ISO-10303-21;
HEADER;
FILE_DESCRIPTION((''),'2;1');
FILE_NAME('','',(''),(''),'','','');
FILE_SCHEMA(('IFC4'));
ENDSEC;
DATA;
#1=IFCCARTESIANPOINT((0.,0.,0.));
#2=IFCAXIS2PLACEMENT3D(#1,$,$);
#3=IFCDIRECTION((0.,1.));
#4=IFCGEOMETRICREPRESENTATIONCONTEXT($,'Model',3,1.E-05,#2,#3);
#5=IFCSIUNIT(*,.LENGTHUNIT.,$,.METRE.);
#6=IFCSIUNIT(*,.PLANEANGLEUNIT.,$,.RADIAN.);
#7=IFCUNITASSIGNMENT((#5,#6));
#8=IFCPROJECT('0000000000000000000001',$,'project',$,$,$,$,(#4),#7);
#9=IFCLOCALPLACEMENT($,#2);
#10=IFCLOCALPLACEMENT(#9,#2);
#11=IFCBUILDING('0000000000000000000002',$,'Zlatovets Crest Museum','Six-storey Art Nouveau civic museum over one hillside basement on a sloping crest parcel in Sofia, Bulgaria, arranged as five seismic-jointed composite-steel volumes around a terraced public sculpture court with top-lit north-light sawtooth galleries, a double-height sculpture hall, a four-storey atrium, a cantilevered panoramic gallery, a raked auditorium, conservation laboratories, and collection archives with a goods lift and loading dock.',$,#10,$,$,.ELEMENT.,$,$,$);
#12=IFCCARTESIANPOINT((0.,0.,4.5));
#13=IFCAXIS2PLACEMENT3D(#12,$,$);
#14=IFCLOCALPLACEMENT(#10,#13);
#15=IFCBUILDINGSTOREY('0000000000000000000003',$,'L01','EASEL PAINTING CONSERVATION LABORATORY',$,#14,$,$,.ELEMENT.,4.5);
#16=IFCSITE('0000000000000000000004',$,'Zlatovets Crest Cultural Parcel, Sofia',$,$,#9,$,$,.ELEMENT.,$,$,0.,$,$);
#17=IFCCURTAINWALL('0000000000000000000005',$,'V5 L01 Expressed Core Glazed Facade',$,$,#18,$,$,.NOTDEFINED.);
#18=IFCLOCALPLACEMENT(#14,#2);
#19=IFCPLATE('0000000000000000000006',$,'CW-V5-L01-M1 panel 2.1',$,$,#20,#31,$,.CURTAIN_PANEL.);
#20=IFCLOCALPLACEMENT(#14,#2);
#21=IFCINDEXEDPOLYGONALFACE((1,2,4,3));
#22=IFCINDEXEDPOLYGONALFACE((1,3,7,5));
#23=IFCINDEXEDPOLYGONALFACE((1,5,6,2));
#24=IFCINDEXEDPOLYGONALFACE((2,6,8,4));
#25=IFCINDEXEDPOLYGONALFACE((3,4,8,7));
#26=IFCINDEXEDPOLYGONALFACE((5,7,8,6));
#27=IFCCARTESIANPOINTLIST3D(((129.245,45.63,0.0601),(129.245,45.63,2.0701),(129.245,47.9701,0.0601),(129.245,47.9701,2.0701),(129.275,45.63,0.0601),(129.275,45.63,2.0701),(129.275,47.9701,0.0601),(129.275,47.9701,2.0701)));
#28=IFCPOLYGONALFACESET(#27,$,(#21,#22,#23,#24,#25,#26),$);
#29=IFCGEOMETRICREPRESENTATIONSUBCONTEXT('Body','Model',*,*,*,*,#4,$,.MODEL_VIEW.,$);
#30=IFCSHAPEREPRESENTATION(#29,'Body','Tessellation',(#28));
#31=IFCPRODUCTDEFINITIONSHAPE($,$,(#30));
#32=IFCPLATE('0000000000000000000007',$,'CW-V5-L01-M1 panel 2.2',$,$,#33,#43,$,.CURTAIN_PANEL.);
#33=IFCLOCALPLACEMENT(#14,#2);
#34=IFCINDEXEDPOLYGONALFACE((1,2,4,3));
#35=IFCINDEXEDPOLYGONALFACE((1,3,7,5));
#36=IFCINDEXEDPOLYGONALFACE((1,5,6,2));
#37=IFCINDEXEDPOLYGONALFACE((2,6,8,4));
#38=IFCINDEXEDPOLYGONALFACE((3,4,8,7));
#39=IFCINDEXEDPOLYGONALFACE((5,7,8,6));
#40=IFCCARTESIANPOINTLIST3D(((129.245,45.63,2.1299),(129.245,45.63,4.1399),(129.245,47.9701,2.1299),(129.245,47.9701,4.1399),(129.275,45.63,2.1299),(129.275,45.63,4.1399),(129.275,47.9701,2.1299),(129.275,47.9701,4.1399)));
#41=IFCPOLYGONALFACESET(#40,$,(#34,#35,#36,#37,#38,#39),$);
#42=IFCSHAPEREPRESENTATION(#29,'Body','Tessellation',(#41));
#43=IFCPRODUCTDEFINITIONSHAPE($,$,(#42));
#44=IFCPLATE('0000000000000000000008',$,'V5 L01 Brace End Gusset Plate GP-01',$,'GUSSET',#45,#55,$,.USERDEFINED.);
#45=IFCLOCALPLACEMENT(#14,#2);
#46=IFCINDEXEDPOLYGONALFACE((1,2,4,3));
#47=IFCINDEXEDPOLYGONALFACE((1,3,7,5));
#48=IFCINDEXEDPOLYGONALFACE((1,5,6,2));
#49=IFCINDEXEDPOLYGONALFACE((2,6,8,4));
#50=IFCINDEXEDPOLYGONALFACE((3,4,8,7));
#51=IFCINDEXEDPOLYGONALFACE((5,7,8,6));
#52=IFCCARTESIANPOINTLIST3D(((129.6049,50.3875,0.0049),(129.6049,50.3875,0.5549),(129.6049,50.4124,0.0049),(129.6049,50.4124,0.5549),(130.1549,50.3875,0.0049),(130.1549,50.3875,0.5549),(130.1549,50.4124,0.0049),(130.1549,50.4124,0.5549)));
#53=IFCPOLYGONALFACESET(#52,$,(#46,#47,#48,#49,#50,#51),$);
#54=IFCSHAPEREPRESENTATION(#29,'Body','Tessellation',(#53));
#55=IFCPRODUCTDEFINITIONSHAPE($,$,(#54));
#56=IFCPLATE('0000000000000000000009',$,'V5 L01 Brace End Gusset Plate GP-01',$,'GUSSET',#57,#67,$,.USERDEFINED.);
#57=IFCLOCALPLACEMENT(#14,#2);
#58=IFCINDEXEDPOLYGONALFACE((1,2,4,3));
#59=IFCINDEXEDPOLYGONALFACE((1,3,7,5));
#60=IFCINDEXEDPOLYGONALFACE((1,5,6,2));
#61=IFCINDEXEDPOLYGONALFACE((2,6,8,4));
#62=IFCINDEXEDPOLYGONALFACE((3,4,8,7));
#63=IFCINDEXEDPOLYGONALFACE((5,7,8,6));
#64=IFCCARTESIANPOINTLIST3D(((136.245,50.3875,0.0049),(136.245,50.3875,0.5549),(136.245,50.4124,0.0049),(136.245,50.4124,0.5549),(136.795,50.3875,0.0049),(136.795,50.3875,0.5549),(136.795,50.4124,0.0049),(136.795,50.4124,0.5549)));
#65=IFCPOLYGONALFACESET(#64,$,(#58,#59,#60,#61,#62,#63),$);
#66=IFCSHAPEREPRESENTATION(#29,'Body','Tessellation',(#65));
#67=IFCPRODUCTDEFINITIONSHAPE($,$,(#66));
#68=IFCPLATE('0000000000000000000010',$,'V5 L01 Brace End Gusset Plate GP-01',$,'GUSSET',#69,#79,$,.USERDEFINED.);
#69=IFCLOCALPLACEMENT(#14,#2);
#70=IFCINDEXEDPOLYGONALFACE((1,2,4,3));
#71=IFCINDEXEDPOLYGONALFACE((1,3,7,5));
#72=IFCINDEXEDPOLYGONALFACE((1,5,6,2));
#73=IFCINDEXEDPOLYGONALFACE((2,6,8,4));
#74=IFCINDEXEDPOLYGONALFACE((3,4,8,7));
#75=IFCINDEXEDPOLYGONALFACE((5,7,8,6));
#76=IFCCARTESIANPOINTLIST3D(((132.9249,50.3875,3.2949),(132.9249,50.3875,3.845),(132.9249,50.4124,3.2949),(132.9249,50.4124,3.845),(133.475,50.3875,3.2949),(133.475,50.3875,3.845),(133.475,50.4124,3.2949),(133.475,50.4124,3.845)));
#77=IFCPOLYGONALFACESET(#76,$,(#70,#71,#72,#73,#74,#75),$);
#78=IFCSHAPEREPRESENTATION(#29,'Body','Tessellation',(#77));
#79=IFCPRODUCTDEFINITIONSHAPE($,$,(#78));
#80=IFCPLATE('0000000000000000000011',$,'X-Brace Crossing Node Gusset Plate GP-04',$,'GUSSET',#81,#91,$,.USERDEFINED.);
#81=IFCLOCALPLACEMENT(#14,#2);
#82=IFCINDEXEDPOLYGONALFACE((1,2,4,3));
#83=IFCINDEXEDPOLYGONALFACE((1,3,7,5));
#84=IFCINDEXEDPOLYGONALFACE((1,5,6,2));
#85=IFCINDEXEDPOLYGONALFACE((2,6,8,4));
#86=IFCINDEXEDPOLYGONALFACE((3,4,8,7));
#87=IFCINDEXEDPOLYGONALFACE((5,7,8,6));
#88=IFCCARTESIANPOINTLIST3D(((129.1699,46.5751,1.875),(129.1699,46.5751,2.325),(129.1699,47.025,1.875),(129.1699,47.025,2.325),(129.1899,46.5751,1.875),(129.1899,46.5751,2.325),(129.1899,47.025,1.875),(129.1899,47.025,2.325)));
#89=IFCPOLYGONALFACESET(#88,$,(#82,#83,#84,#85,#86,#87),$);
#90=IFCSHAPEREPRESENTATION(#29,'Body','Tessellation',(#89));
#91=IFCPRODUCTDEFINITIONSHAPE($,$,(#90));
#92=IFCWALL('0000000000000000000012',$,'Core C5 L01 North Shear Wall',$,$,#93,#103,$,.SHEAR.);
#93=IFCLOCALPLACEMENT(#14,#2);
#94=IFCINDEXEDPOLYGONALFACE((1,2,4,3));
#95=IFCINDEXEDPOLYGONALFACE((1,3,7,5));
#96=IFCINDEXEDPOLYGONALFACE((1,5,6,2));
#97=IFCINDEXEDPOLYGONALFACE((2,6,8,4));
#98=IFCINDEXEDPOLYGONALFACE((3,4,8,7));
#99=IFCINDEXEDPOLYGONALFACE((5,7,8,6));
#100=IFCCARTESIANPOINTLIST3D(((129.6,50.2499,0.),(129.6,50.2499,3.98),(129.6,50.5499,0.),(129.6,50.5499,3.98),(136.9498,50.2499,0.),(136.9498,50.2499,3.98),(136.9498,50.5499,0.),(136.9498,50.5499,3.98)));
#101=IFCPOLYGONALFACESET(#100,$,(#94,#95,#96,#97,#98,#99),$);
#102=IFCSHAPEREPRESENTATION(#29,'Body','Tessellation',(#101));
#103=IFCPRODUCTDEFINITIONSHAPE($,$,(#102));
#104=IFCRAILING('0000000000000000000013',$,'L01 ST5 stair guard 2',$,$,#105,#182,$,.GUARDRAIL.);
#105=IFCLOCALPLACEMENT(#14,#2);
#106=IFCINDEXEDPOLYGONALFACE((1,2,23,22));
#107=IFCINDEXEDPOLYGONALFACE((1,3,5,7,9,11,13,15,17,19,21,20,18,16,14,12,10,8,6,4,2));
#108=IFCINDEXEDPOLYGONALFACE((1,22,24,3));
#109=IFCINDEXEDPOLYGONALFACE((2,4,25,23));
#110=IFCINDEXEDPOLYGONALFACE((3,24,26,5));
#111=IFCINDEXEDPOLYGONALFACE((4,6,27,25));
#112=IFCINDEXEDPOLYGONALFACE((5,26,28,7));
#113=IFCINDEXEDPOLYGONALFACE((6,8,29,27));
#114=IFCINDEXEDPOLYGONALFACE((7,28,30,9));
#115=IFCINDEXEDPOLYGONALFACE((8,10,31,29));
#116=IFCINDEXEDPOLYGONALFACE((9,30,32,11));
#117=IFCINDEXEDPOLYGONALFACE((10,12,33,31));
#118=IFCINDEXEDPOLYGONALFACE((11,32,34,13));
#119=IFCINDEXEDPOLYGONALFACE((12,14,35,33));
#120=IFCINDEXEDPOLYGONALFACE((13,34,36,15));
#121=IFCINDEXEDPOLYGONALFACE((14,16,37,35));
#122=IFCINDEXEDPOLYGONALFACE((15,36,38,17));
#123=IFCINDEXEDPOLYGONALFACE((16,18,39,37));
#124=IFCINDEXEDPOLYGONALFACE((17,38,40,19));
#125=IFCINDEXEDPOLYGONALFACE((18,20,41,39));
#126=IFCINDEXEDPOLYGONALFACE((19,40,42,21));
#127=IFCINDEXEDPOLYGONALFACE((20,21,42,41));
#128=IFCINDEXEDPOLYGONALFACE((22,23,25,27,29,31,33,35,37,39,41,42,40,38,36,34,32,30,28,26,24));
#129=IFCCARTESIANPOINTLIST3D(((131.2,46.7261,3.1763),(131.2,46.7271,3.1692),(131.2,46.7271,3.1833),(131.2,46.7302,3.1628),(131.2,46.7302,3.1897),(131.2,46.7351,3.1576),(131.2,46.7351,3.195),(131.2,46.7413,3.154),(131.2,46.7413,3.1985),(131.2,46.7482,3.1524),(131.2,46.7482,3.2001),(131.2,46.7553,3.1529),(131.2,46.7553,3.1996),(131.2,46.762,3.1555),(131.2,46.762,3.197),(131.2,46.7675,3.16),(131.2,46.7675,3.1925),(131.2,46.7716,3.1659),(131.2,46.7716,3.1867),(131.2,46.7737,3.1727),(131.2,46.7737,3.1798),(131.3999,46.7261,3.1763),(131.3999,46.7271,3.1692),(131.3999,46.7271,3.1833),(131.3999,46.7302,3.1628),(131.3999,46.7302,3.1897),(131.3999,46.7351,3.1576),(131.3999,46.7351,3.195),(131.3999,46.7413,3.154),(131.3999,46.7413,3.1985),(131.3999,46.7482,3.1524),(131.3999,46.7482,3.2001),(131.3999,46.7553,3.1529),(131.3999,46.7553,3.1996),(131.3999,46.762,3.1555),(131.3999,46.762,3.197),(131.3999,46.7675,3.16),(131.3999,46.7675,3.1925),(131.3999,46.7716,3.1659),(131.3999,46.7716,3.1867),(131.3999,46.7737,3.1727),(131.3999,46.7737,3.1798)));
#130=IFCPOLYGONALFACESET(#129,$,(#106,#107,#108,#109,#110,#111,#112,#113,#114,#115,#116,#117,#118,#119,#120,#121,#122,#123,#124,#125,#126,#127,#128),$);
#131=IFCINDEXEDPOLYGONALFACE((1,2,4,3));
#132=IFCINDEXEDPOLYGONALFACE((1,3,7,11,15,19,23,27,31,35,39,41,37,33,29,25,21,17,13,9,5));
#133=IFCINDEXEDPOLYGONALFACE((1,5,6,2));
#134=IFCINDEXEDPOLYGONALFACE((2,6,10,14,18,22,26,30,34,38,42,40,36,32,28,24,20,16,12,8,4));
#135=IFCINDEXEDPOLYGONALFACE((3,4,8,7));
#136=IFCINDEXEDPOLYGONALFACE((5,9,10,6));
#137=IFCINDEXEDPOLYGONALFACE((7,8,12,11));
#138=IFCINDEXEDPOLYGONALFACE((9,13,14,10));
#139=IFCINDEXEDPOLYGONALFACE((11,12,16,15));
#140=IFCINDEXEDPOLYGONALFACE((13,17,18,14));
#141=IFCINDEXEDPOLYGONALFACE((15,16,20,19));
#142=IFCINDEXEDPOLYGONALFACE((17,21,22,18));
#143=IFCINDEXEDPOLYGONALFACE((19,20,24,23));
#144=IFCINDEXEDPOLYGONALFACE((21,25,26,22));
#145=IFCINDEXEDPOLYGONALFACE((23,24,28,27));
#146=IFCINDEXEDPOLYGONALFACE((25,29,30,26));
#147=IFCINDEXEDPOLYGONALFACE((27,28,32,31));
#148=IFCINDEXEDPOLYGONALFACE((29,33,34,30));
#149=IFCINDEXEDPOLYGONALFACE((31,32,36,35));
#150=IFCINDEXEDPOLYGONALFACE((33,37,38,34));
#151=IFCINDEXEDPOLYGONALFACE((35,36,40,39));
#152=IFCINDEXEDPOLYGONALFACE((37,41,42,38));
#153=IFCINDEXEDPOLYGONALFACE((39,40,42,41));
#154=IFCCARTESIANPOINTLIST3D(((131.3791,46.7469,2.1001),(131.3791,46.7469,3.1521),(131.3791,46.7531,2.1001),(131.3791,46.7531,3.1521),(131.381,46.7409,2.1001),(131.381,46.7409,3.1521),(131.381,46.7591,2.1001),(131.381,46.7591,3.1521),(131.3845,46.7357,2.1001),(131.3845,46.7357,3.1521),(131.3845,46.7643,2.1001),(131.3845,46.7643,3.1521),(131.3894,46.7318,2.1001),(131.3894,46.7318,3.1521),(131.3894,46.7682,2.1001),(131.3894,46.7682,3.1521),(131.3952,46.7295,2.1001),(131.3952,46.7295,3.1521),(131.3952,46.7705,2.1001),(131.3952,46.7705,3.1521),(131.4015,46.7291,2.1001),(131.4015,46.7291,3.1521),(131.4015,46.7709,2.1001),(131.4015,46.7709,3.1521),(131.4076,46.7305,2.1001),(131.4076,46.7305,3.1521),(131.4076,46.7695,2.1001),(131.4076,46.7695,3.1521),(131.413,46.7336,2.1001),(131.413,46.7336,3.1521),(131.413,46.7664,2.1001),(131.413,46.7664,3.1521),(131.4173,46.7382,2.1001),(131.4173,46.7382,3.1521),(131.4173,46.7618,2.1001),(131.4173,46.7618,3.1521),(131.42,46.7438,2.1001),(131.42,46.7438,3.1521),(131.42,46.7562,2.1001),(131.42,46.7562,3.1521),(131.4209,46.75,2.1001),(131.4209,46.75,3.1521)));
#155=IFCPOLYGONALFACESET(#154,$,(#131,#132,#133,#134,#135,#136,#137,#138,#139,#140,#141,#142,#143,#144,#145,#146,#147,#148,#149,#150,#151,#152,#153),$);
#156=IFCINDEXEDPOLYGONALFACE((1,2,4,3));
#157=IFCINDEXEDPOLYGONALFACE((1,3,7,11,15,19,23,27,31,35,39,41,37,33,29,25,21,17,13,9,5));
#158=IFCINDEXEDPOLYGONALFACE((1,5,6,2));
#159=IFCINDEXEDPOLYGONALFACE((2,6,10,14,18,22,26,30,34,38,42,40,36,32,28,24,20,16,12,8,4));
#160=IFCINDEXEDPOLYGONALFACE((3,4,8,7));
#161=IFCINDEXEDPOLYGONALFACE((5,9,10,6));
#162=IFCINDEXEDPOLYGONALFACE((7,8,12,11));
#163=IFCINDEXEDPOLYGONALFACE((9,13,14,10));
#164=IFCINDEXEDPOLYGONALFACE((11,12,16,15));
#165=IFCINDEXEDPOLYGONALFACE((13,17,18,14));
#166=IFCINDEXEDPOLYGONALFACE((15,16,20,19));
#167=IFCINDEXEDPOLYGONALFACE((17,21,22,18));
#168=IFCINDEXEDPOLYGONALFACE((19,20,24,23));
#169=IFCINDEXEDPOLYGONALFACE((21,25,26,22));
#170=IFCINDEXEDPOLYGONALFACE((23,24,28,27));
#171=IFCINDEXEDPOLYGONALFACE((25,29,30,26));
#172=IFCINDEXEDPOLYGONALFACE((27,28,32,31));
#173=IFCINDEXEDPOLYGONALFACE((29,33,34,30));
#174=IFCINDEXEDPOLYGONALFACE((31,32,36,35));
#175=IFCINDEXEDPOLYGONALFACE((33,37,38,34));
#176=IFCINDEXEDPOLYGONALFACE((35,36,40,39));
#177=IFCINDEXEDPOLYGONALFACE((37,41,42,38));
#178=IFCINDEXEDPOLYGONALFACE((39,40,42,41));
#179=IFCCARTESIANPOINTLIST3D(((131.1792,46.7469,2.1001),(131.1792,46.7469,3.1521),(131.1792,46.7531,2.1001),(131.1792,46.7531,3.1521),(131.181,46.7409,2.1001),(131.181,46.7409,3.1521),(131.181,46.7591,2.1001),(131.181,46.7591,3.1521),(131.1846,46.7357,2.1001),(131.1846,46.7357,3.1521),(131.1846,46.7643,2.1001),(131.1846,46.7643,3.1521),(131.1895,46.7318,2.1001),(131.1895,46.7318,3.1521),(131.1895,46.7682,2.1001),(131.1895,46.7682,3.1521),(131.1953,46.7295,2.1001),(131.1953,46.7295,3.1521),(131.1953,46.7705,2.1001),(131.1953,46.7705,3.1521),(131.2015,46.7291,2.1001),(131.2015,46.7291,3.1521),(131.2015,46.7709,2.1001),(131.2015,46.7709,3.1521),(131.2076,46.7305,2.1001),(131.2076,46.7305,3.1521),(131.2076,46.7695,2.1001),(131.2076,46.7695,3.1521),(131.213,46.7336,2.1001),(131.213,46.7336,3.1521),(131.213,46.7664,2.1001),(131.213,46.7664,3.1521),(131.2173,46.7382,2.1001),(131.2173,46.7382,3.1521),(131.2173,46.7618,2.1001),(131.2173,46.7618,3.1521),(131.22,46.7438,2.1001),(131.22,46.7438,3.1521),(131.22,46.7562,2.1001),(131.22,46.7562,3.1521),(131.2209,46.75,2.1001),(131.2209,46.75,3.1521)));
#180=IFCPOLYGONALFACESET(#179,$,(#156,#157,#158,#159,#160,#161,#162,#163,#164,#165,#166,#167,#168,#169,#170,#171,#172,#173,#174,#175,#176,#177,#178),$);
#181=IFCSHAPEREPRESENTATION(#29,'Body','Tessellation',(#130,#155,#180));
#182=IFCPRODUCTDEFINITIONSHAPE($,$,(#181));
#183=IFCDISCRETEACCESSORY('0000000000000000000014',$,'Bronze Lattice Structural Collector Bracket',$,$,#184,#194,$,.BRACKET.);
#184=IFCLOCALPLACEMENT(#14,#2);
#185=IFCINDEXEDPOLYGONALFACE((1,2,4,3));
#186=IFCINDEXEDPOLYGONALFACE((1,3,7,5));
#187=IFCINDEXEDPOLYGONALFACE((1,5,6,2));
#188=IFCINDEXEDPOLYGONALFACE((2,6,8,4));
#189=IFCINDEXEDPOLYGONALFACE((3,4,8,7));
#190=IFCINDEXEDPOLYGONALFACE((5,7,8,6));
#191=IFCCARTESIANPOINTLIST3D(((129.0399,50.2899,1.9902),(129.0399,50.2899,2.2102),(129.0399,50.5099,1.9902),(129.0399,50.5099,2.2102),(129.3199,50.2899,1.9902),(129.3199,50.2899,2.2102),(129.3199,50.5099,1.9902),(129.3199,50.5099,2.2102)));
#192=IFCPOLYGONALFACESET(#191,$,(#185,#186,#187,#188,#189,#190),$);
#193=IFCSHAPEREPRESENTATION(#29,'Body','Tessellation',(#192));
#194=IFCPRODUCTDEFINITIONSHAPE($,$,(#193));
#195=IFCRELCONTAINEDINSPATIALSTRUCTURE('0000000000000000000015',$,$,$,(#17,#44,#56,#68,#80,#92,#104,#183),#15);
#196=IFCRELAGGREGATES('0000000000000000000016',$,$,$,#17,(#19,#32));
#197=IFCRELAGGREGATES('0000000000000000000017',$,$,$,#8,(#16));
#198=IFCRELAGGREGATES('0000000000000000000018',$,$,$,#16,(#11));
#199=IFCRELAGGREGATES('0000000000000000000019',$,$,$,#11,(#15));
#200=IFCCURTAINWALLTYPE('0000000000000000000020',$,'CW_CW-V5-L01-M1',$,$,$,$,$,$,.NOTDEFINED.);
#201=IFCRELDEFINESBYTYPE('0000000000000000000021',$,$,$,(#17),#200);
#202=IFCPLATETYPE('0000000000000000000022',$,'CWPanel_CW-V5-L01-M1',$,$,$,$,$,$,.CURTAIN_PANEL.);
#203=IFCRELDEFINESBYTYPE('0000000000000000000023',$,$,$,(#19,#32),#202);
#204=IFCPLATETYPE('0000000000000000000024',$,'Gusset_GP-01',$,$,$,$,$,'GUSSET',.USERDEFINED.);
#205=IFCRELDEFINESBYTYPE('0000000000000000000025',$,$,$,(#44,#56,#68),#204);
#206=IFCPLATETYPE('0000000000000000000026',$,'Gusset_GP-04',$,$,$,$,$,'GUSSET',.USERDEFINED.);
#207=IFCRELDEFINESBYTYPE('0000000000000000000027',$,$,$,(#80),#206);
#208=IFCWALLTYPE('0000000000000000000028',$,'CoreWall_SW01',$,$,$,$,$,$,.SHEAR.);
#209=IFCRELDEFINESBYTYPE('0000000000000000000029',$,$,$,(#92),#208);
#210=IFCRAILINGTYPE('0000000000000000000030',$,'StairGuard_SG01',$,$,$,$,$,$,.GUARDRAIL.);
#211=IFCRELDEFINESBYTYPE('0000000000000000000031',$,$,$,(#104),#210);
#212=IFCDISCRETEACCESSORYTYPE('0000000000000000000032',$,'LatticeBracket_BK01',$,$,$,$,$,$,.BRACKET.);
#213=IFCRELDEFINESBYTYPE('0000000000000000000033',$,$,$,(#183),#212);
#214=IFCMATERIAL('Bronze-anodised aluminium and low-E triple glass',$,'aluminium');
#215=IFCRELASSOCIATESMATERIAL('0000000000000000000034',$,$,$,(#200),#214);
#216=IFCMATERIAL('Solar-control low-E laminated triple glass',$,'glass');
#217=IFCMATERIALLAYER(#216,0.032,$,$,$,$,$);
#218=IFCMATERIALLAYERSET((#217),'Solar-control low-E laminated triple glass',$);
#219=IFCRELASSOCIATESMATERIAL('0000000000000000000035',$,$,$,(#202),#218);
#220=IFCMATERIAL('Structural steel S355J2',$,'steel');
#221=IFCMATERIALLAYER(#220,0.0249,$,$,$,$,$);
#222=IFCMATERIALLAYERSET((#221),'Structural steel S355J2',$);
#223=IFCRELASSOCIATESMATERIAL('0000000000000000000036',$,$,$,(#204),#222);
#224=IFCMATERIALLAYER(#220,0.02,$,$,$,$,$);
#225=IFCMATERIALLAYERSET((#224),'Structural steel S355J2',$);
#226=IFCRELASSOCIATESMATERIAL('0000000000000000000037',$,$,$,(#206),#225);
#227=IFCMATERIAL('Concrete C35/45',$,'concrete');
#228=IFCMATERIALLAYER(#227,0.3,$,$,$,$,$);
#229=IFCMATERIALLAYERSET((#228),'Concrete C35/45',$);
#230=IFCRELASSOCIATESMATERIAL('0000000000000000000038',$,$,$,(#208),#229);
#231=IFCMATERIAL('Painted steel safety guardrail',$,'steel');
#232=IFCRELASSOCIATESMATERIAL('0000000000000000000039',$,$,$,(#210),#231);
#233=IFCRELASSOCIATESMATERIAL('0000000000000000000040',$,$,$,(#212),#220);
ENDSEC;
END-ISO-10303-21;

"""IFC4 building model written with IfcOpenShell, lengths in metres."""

from ifc_helpers import new_model, si_unit, direction, frame, frame_2d, origin, origin_2d, place, context, subcontext, project, spatial, rectangle, circle, extrude, material, layer, layer_set, type_object, element, aggregate, save


model = new_model("IFC4")

# Units and contexts
model_context = context("Model", 3, precision=1e-05, world=origin(), true_north=direction((0.0, 1.0)))
body_context = subcontext(model_context, "Body", "Model", "MODEL_VIEW")
ifc_project = project(units=[si_unit("LENGTHUNIT", "METRE"), si_unit("PLANEANGLEUNIT", "RADIAN")], contexts=[model_context])

# Site, building, storey
site_placement = place(None, origin())
site = spatial("IfcSite", under=ifc_project, at=site_placement, Name="Zlatovets Crest Cultural Parcel, Sofia", CompositionType="ELEMENT", RefElevation=0.0)
building_placement = place(site_placement, origin())
building = spatial("IfcBuilding", under=site, at=building_placement, Name="Zlatovets Crest Museum", Description="Six-storey Art Nouveau civic museum over one hillside basement on a sloping crest parcel in Sofia, Bulgaria, arranged as five seismic-jointed composite-steel volumes around a terraced public sculpture court with top-lit north-light sawtooth galleries, a double-height sculpture hall, a four-storey atrium, a cantilevered panoramic gallery, a raked auditorium, conservation laboratories, and collection archives with a goods lift and loading dock.", CompositionType="ELEMENT")
storey_placement = place(building_placement, frame((0.0, 0.0, 4.5)))
storey = spatial("IfcBuildingStorey", under=building, at=storey_placement, Name="L01", Description="EASEL PAINTING CONSERVATION LABORATORY", CompositionType="ELEMENT", Elevation=4.5)

# Shared definitions
ifc_material_1 = material(Name="Structural steel S355J2", Category="steel")

# Curtain wall
ifc_material_2 = material(Name="Bronze-anodised aluminium and low-E triple glass", Category="aluminium")
curtain_wall_type_1 = type_object("IfcCurtainWallType", Name="CW_CW-V5-L01-M1", PredefinedType="NOTDEFINED", material=ifc_material_2)
curtain_wall_1_placement = place(storey_placement, origin())
curtain_wall_1 = element("IfcCurtainWall", 1, at=curtain_wall_1_placement, inside=storey, type_object=curtain_wall_type_1, Name="V5 L01 Expressed Core Glazed Facade", PredefinedType="NOTDEFINED")

# Plates
ifc_material_3 = material(Name="Solar-control low-E laminated triple glass", Category="glass")
ifc_layer_1 = layer(ifc_material_3, 0.032)
ifc_layer_set_1 = layer_set([ifc_layer_1], Name="Solar-control low-E laminated triple glass")
plate_type_1 = type_object("IfcPlateType", Name="CWPanel_CW-V5-L01-M1", PredefinedType="CURTAIN_PANEL", material=ifc_layer_set_1)
plate_1_placement = place(storey_placement, frame((129.26, 46.8, 0.0601), z_axis=(0.0, 0.0, 1.0), x_axis=(0.0, -1.0, 0.0)))
plate_1 = element("IfcPlate", 2, at=plate_1_placement, type_object=plate_type_1, Name="CW-V5-L01-M1 panel 2.1", PredefinedType="CURTAIN_PANEL", context=body_context, shape_type="SweptSolid", body=[
    extrude(rectangle(XDim=2.3401, YDim=0.03, at=origin_2d()), origin(), (0.0, 0.0, 1.0), 2.01),
])
plate_2_placement = place(storey_placement, frame((129.26, 46.8, 2.1299), z_axis=(0.0, 0.0, 1.0), x_axis=(0.0, -1.0, 0.0)))
plate_2 = element("IfcPlate", 3, at=plate_2_placement, type_object=plate_type_1, Name="CW-V5-L01-M1 panel 2.2", PredefinedType="CURTAIN_PANEL", context=body_context, shape_type="SweptSolid", body=[
    extrude(rectangle(XDim=2.3401, YDim=0.03, at=origin_2d()), origin(), (0.0, 0.0, 1.0), 2.01),
])
aggregate(curtain_wall_1, [plate_1, plate_2])

# Plates
ifc_layer_2 = layer(ifc_material_1, 0.0249)
ifc_layer_set_2 = layer_set([ifc_layer_2], Name="Structural steel S355J2")
plate_type_2 = type_object("IfcPlateType", Name="Gusset_GP-01", ElementType="GUSSET", PredefinedType="USERDEFINED", material=ifc_layer_set_2)
for number, where, z_axis, x_axis, name in (
    (4, (129.8799, 50.3999, 0.0049), (0.0, 0.0, 1.0), (1.0, 0.0, 0.0), "V5 L01 Brace End Gusset Plate GP-01"),
    (5, (136.52, 50.3999, 0.0049), (0.0, 0.0, 1.0), (1.0, 0.0, 0.0), "V5 L01 Brace End Gusset Plate GP-01"),
    (6, (133.2, 50.3999, 3.2949), (0.0, 0.0, 1.0), (1.0, 0.0, 0.0), "V5 L01 Brace End Gusset Plate GP-01"),
):
    element("IfcPlate", number, at=place(storey_placement, frame(where, z_axis=z_axis, x_axis=x_axis)), inside=storey, type_object=plate_type_2, Name=name, ObjectType="GUSSET", PredefinedType="USERDEFINED", context=body_context, shape_type="SweptSolid", body=[
        extrude(rectangle(XDim=0.55, YDim=0.0249, at=origin_2d()), origin(), (0.0, 0.0, 1.0), 0.55),
    ])
ifc_layer_3 = layer(ifc_material_1, 0.02)
ifc_layer_set_3 = layer_set([ifc_layer_3], Name="Structural steel S355J2")
plate_type_3 = type_object("IfcPlateType", Name="Gusset_GP-04", ElementType="GUSSET", PredefinedType="USERDEFINED", material=ifc_layer_set_3)
plate_3_placement = place(storey_placement, frame((129.1799, 46.8, 1.875), z_axis=(0.0, 0.0, 1.0), x_axis=(1.0, 0.0, 0.0)))
element("IfcPlate", 7, at=plate_3_placement, inside=storey, type_object=plate_type_3, Name="X-Brace Crossing Node Gusset Plate GP-04", ObjectType="GUSSET", PredefinedType="USERDEFINED", context=body_context, shape_type="SweptSolid", body=[
    extrude(rectangle(XDim=0.02, YDim=0.45, at=origin_2d()), origin(), (0.0, 0.0, 1.0), 0.45),
])

# Wall
ifc_material_4 = material(Name="Concrete C35/45", Category="concrete")
ifc_layer_4 = layer(ifc_material_4, 0.3)
ifc_layer_set_4 = layer_set([ifc_layer_4], Name="Concrete C35/45")
wall_type = type_object("IfcWallType", Name="CoreWall_SW01", PredefinedType="SHEAR", material=ifc_layer_set_4)
wall_placement = place(storey_placement, frame((129.6001, 50.3999, 0.0), z_axis=(0.0, 0.0, 1.0), x_axis=(1.0, 0.0, 0.0)))
element("IfcWall", 8, at=wall_placement, inside=storey, type_object=wall_type, Name="Core C5 L01 North Shear Wall", PredefinedType="SHEAR", context=body_context, shape_type="SweptSolid", body=[
    extrude(rectangle(XDim=7.3499, YDim=0.3, at=frame_2d((3.6748, 0.0))), origin(), (0.0, 0.0, 1.0), 3.98),
])

# Railing
ifc_material_5 = material(Name="Painted steel safety guardrail", Category="steel")
railing_type = type_object("IfcRailingType", Name="StairGuard_SG01", PredefinedType="GUARDRAIL", material=ifc_material_5)
railing_placement = place(storey_placement, frame((131.3999, 46.75, 2.1001)))
element("IfcRailing", 9, at=railing_placement, inside=storey, type_object=railing_type, Name="L01 ST5 stair guard 2", PredefinedType="GUARDRAIL", context=body_context, shape_type="SweptSolid", body=[
    extrude(circle(Radius=0.0239, at=origin_2d()), frame((0.0, 0.0, 1.0762), z_axis=(-1.0, 0.0, 0.0), x_axis=(0.0, -1.0, 0.0)), (0.0, 0.0, 1.0), 0.2),
    extrude(circle(Radius=0.021, at=origin_2d()), origin(), (0.0, 0.0, 1.0), 1.052),
    extrude(circle(Radius=0.021, at=origin_2d()), frame((-0.2, 0.0, 0.0)), (0.0, 0.0, 1.0), 1.052),
])

# Discrete accessory
discrete_accessory_type = type_object("IfcDiscreteAccessoryType", Name="LatticeBracket_BK01", PredefinedType="BRACKET", material=ifc_material_1)
discrete_accessory_placement = place(storey_placement, frame((129.1799, 50.3999, 1.9902), z_axis=(0.0, 0.0, 1.0), x_axis=(1.0, 0.0, 0.0)))
element("IfcDiscreteAccessory", 10, at=discrete_accessory_placement, inside=storey, type_object=discrete_accessory_type, Name="Bronze Lattice Structural Collector Bracket", PredefinedType="BRACKET", context=body_context, shape_type="SweptSolid", body=[
    extrude(rectangle(XDim=0.28, YDim=0.22, at=origin_2d()), origin(), (0.0, 0.0, 1.0), 0.22),
])

save(model, "model.ifc")
